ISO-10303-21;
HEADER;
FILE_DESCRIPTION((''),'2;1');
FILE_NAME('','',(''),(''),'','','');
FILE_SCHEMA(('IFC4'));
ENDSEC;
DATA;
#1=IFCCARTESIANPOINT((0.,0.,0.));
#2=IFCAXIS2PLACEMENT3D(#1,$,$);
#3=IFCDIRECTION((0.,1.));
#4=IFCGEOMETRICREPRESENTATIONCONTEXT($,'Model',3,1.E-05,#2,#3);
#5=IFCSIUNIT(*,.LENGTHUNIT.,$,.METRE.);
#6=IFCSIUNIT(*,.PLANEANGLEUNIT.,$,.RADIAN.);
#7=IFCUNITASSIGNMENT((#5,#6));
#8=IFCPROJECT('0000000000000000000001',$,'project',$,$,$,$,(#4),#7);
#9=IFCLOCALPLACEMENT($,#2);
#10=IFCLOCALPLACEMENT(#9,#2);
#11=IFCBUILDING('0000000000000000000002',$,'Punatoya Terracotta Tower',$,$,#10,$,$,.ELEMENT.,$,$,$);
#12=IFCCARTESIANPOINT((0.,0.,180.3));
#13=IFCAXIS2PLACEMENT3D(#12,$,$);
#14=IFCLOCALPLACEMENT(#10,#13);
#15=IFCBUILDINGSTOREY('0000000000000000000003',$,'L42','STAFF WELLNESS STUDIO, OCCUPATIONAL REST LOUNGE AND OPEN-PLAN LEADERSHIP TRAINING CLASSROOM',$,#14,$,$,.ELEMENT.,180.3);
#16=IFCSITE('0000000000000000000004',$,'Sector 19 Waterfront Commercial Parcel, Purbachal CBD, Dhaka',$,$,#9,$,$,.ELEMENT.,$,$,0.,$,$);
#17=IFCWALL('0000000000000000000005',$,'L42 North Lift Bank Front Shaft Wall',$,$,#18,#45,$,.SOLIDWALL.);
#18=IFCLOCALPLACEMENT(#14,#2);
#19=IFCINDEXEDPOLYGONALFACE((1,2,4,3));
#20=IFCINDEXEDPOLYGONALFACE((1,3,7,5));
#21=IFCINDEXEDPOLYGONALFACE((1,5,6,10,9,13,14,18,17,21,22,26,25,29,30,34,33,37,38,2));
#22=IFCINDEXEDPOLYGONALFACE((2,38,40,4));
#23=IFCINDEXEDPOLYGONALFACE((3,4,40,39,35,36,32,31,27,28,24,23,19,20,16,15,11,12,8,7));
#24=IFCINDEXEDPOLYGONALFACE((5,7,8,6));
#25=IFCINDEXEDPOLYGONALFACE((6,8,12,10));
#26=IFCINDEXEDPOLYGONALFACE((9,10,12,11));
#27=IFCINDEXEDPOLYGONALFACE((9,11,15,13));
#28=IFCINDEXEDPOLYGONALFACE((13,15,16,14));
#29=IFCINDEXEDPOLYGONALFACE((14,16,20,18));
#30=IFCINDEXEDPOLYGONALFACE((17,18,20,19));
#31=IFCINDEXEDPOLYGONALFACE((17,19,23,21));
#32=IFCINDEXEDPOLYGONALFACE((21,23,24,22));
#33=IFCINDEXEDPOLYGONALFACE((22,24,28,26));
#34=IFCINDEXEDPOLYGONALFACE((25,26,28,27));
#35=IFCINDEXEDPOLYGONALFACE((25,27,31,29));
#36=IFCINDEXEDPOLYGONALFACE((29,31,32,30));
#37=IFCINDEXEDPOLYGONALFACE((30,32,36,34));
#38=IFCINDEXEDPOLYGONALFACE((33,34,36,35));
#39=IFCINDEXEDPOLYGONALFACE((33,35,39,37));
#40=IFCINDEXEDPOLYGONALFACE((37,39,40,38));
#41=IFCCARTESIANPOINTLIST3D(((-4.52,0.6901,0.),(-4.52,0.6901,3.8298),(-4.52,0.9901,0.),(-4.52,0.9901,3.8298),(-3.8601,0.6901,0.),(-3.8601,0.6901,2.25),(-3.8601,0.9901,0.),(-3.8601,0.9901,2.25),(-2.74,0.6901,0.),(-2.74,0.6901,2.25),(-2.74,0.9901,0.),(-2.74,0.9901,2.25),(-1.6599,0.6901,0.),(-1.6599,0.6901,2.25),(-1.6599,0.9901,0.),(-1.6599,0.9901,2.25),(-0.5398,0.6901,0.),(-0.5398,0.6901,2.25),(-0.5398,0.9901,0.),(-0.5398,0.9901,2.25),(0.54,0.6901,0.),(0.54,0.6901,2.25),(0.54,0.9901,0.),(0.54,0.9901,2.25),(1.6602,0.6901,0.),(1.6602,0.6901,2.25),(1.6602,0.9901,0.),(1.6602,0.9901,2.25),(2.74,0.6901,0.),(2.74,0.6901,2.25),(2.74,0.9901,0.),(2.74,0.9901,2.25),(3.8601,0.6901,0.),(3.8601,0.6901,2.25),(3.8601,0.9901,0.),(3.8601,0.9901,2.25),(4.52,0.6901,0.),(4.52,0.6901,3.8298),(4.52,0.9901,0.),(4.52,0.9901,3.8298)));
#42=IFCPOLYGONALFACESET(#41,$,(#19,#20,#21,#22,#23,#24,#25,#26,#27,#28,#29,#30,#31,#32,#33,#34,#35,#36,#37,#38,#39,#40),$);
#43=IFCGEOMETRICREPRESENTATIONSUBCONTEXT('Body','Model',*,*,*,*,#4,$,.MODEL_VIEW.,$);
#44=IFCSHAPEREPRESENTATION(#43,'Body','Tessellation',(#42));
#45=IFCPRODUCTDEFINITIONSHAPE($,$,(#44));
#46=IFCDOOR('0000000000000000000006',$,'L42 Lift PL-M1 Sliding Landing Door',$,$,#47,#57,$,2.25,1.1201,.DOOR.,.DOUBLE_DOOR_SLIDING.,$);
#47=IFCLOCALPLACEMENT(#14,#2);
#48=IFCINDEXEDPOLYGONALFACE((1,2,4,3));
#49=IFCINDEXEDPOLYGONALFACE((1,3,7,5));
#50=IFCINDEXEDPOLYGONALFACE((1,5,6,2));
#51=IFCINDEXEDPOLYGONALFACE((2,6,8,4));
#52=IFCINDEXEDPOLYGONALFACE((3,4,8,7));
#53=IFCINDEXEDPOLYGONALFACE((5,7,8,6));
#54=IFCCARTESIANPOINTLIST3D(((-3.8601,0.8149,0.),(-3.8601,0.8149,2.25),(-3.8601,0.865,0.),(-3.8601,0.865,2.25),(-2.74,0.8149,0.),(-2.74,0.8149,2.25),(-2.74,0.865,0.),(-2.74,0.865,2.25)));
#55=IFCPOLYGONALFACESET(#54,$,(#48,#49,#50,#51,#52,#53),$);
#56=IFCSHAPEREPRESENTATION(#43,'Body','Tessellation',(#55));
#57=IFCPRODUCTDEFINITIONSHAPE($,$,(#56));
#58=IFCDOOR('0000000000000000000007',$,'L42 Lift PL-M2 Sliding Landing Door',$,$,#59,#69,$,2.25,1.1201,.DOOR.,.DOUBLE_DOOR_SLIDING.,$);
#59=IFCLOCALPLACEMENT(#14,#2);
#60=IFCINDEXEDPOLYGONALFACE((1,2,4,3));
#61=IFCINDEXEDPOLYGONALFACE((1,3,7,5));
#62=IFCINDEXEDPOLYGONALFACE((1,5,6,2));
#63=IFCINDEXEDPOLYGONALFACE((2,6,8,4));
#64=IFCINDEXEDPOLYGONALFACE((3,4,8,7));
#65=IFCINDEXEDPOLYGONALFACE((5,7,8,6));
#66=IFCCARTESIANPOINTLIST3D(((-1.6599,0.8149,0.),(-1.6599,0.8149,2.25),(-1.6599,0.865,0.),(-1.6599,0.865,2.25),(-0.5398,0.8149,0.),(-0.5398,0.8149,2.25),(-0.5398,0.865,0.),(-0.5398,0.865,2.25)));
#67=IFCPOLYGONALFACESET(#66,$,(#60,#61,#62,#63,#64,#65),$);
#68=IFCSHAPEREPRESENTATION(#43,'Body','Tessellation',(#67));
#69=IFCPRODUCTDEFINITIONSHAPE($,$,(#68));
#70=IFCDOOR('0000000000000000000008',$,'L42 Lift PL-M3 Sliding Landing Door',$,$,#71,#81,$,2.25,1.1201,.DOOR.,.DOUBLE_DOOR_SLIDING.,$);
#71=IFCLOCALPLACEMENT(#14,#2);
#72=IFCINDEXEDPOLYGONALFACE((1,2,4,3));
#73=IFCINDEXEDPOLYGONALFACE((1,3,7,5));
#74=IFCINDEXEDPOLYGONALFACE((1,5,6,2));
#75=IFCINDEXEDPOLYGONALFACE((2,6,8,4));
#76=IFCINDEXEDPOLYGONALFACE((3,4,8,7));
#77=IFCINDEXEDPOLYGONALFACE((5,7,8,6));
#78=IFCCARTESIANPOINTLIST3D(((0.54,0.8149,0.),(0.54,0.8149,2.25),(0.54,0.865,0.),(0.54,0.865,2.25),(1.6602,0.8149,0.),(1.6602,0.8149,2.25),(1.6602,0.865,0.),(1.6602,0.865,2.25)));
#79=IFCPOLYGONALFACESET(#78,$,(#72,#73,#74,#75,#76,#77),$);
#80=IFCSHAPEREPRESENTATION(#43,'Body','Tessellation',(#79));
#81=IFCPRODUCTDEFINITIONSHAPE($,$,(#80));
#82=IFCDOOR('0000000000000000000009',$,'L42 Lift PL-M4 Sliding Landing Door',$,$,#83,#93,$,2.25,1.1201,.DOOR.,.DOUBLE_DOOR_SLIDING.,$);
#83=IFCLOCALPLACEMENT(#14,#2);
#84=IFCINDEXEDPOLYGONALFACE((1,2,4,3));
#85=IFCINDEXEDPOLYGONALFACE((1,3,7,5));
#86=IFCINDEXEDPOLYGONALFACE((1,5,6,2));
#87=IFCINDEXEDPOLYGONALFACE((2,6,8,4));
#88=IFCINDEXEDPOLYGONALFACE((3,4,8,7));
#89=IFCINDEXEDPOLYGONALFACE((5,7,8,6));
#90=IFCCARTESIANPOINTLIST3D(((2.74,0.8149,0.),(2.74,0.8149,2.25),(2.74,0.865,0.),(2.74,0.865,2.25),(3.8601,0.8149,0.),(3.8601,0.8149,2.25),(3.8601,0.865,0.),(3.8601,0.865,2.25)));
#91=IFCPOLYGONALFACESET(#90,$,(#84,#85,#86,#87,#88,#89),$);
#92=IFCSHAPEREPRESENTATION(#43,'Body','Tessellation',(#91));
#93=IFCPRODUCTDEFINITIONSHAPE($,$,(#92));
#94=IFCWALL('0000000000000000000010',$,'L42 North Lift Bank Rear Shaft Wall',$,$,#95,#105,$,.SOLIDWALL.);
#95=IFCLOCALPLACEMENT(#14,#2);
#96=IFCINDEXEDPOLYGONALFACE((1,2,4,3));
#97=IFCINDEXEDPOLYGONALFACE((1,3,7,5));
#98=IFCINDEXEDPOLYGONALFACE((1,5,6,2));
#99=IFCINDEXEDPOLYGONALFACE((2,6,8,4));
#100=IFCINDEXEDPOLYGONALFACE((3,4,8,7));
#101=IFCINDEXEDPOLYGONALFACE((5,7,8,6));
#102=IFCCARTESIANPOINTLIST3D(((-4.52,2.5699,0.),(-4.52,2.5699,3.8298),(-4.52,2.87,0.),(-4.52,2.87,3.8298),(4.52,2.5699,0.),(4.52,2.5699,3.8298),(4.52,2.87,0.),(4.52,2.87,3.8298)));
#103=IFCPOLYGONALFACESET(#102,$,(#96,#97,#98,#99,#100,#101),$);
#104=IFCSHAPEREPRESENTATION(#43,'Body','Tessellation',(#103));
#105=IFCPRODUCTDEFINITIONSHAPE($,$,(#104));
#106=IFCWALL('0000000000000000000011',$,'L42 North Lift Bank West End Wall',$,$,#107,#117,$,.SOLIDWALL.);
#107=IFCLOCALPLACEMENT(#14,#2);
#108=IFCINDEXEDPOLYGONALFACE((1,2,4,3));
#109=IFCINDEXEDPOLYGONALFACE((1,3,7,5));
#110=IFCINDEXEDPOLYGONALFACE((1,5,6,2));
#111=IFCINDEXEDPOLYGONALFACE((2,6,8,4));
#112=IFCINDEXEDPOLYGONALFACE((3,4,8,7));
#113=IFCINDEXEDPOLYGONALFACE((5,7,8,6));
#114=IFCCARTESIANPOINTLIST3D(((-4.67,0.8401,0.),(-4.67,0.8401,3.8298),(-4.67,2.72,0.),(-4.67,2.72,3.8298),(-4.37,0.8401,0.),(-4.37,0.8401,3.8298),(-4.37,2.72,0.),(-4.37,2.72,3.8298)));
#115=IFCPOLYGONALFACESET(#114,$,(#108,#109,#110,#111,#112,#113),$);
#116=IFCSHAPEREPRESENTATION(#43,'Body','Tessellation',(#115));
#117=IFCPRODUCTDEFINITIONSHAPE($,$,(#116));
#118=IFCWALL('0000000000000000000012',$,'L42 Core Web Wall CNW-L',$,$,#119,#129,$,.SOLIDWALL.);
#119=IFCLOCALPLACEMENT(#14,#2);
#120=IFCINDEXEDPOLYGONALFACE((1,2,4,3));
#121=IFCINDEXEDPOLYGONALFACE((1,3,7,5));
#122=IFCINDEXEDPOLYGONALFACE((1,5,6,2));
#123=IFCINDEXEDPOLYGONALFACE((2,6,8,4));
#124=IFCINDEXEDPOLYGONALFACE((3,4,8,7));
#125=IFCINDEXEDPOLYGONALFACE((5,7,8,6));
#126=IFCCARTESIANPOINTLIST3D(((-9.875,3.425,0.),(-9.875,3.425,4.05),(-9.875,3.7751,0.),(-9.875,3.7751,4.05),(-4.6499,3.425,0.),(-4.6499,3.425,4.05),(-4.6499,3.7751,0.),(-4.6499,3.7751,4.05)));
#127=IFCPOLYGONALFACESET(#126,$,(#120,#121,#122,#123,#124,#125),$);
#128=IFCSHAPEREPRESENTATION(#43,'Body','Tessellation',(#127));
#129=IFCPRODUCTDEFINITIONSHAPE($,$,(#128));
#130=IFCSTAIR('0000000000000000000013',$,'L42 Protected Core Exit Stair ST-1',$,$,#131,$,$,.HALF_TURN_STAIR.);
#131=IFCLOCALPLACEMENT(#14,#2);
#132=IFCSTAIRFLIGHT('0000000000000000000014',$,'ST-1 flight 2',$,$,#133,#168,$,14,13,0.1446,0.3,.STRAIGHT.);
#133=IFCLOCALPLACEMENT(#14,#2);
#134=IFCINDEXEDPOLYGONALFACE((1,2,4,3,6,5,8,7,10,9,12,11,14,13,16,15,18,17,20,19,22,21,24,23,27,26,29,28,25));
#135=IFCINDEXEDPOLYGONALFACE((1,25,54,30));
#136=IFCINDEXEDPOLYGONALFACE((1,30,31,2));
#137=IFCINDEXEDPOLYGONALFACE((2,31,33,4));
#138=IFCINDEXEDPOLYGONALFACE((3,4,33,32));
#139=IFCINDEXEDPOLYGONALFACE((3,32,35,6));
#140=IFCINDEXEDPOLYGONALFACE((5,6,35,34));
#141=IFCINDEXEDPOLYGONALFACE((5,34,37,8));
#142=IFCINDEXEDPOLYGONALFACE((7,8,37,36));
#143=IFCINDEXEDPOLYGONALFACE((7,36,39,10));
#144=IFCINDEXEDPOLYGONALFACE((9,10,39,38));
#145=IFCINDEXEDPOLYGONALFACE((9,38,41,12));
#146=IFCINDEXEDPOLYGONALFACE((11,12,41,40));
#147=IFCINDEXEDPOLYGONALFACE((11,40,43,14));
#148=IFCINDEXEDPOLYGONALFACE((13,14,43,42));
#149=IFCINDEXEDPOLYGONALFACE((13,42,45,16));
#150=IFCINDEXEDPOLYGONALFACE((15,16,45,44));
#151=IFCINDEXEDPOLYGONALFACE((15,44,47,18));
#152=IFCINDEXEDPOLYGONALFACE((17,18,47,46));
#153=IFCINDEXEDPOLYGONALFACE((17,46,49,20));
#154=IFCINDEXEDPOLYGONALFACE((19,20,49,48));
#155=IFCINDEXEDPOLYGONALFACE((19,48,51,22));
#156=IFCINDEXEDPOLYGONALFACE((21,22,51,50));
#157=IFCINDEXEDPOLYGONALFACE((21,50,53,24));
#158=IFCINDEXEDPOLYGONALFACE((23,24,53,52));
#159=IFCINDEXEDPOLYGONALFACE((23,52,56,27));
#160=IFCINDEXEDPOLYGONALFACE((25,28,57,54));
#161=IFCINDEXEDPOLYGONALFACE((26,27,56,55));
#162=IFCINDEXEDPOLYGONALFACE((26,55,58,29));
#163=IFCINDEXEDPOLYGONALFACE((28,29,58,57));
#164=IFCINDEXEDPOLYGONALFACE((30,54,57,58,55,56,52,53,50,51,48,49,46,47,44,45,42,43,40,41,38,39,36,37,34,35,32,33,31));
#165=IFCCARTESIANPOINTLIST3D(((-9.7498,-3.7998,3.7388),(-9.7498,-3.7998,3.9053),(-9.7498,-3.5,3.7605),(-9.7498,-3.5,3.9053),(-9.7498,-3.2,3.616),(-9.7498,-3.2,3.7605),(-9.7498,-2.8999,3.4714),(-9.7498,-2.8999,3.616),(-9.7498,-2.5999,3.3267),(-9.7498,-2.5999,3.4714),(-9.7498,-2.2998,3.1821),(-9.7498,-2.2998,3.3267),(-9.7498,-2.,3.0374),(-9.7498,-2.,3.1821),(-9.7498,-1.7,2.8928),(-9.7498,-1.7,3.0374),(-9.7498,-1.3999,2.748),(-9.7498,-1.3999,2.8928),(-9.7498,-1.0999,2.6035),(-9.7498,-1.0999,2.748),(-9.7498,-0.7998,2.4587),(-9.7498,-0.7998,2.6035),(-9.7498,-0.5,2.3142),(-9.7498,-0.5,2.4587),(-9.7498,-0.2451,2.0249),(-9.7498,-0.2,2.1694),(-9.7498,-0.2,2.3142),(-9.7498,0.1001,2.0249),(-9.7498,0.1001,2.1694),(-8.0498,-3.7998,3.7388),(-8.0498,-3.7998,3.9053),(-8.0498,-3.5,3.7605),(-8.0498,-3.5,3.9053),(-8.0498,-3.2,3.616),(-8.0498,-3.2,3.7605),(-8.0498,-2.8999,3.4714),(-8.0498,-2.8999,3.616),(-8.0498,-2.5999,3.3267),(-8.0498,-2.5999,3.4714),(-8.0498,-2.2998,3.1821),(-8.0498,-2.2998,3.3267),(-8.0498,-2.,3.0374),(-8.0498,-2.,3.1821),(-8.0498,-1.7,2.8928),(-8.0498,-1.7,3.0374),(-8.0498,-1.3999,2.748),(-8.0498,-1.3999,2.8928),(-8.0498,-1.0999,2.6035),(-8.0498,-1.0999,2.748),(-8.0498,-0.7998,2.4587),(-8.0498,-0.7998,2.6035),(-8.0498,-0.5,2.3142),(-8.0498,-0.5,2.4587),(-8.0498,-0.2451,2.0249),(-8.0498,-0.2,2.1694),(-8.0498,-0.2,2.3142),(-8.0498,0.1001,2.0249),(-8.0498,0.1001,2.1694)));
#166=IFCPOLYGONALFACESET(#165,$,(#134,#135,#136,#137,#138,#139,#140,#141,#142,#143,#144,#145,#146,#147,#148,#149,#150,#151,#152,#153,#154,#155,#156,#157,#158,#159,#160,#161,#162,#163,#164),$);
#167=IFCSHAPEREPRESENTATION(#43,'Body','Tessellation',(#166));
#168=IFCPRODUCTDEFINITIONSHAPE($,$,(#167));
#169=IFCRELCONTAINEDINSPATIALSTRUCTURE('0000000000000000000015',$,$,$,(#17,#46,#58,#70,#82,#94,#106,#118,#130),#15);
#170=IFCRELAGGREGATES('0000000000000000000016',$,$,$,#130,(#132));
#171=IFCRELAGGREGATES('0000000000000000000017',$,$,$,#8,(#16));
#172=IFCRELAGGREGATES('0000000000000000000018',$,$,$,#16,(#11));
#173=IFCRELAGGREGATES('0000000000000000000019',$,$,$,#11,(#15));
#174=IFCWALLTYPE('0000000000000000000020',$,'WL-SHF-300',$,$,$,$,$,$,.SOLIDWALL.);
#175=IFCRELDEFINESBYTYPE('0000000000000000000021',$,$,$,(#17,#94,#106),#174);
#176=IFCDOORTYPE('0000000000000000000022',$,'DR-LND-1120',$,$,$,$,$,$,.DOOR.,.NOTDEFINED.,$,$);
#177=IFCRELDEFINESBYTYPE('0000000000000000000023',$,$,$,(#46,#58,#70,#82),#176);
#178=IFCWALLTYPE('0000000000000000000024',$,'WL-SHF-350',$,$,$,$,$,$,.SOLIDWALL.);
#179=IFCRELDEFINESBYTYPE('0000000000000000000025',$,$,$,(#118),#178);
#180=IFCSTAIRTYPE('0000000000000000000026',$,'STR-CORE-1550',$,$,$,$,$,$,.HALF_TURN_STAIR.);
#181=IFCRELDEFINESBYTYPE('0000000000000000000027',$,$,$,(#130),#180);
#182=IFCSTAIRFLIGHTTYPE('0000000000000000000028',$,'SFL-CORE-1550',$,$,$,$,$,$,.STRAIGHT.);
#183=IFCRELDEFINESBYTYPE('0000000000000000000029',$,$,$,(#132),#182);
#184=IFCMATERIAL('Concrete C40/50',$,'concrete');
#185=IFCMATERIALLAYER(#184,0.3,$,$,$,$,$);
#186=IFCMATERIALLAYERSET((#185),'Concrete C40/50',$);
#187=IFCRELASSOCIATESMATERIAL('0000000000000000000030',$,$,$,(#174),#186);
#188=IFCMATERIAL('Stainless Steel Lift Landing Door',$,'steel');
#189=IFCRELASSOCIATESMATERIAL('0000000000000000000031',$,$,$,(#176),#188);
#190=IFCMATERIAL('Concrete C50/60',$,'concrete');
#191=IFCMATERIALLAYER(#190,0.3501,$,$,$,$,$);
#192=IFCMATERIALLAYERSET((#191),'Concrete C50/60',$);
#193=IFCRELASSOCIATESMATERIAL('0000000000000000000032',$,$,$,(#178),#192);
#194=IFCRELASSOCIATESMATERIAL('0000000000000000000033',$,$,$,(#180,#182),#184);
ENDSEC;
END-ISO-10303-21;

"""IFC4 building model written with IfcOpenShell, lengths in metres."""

from ifc_helpers import new_model, si_unit, direction, frame, frame_2d, origin, place, context, subcontext, project, spatial, polyline, rectangle, outline, extrude, material, layer, layer_set, type_object, element, fill, aggregate, save


model = new_model("IFC4")

# Units and contexts
model_context = context("Model", 3, precision=1e-05, world=origin(), true_north=direction((0.0, 1.0)))
body_context = subcontext(model_context, "Body", "Model", "MODEL_VIEW")
ifc_project = project(units=[si_unit("LENGTHUNIT", "METRE"), si_unit("PLANEANGLEUNIT", "RADIAN")], contexts=[model_context])

# Site, building, storey
site_placement = place(None, origin())
site = spatial("IfcSite", under=ifc_project, at=site_placement, Name="Sector 19 Waterfront Commercial Parcel, Purbachal CBD, Dhaka", CompositionType="ELEMENT", RefElevation=0.0)
building_placement = place(site_placement, origin())
building = spatial("IfcBuilding", under=site, at=building_placement, Name="Punatoya Terracotta Tower", CompositionType="ELEMENT")
storey_placement = place(building_placement, frame((0.0, 0.0, 180.3)))
storey = spatial("IfcBuildingStorey", under=building, at=storey_placement, Name="L42", Description="STAFF WELLNESS STUDIO, OCCUPATIONAL REST LOUNGE AND OPEN-PLAN LEADERSHIP TRAINING CLASSROOM", CompositionType="ELEMENT", Elevation=180.3)

# Wall, openings, doors
ifc_material_1 = material(Name="Concrete C40/50", Category="concrete")
ifc_layer_1 = layer(ifc_material_1, 0.3)
ifc_layer_set_1 = layer_set([ifc_layer_1], Name="Concrete C40/50")
wall_type_1 = type_object("IfcWallType", Name="WL-SHF-300", PredefinedType="SOLIDWALL", material=ifc_layer_set_1)
wall_1_placement = place(storey_placement, frame((-4.52, 0.8401, 0.0), z_axis=(0.0, 0.0, 1.0), x_axis=(1.0, 0.0, 0.0)))
wall_1 = element("IfcWall", 1, at=wall_1_placement, inside=storey, type_object=wall_type_1, Name="L42 North Lift Bank Front Shaft Wall", PredefinedType="SOLIDWALL", context=body_context, shape_type="SweptSolid", body=[
    extrude(rectangle(XDim=9.04, YDim=0.3, at=frame_2d((4.52, 0.0))), origin(), (0.0, 0.0, 1.0), 3.8298),
])
opening_1_placement = place(wall_1_placement, frame((0.6599, 0.0, 0.0)))
opening_1 = element("IfcOpeningElement", 2, at=opening_1_placement, cuts=wall_1, PredefinedType="OPENING", context=body_context, shape_type="SweptSolid", body=[
    extrude(rectangle(XDim=1.1201, YDim=2.25, at=frame_2d((0.5601, 1.125))), frame((0.0, 0.1599, 0.0), z_axis=(0.0, -1.0, 0.0), x_axis=(1.0, 0.0, 0.0)), (0.0, 0.0, 1.0), 0.3201),
])
opening_2_placement = place(wall_1_placement, frame((2.8601, 0.0, 0.0)))
opening_2 = element("IfcOpeningElement", 3, at=opening_2_placement, cuts=wall_1, PredefinedType="OPENING", context=body_context, shape_type="SweptSolid", body=[
    extrude(rectangle(XDim=1.1201, YDim=2.25, at=frame_2d((0.5601, 1.125))), frame((0.0, 0.1599, 0.0), z_axis=(0.0, -1.0, 0.0), x_axis=(1.0, 0.0, 0.0)), (0.0, 0.0, 1.0), 0.3201),
])
opening_3_placement = place(wall_1_placement, frame((5.0601, 0.0, 0.0)))
opening_3 = element("IfcOpeningElement", 4, at=opening_3_placement, cuts=wall_1, PredefinedType="OPENING", context=body_context, shape_type="SweptSolid", body=[
    extrude(rectangle(XDim=1.1201, YDim=2.25, at=frame_2d((0.5601, 1.125))), frame((0.0, 0.1599, 0.0), z_axis=(0.0, -1.0, 0.0), x_axis=(1.0, 0.0, 0.0)), (0.0, 0.0, 1.0), 0.3201),
])
opening_4_placement = place(wall_1_placement, frame((7.26, 0.0, 0.0)))
opening_4 = element("IfcOpeningElement", 5, at=opening_4_placement, cuts=wall_1, PredefinedType="OPENING", context=body_context, shape_type="SweptSolid", body=[
    extrude(rectangle(XDim=1.1201, YDim=2.25, at=frame_2d((0.5601, 1.125))), frame((0.0, 0.1599, 0.0), z_axis=(0.0, -1.0, 0.0), x_axis=(1.0, 0.0, 0.0)), (0.0, 0.0, 1.0), 0.3201),
])
ifc_material_2 = material(Name="Stainless Steel Lift Landing Door", Category="steel")
door_type_1 = type_object("IfcDoorType", Name="DR-LND-1120", OperationType="NOTDEFINED", PredefinedType="DOOR", material=ifc_material_2)
door_1_placement = place(opening_1_placement, origin())
door_1 = element("IfcDoor", 6, at=door_1_placement, inside=storey, type_object=door_type_1, Name="L42 Lift PL-M1 Sliding Landing Door", OperationType="DOUBLE_DOOR_SLIDING", OverallHeight=2.25, OverallWidth=1.1201, PredefinedType="DOOR", context=body_context, shape_type="SweptSolid", body=[
    extrude(rectangle(XDim=1.1201, YDim=2.25, at=frame_2d((0.5601, 1.125))), frame((0.0, 0.0249, 0.0), z_axis=(0.0, -1.0, 0.0), x_axis=(1.0, 0.0, 0.0)), (0.0, 0.0, 1.0), 0.05),
])
fill(opening_1, door_1)
door_2_placement = place(opening_2_placement, origin())
door_2 = element("IfcDoor", 7, at=door_2_placement, inside=storey, type_object=door_type_1, Name="L42 Lift PL-M2 Sliding Landing Door", OperationType="DOUBLE_DOOR_SLIDING", OverallHeight=2.25, OverallWidth=1.1201, PredefinedType="DOOR", context=body_context, shape_type="SweptSolid", body=[
    extrude(rectangle(XDim=1.1201, YDim=2.25, at=frame_2d((0.5601, 1.125))), frame((0.0, 0.0249, 0.0), z_axis=(0.0, -1.0, 0.0), x_axis=(1.0, 0.0, 0.0)), (0.0, 0.0, 1.0), 0.05),
])
fill(opening_2, door_2)
door_3_placement = place(opening_3_placement, origin())
door_3 = element("IfcDoor", 8, at=door_3_placement, inside=storey, type_object=door_type_1, Name="L42 Lift PL-M3 Sliding Landing Door", OperationType="DOUBLE_DOOR_SLIDING", OverallHeight=2.25, OverallWidth=1.1201, PredefinedType="DOOR", context=body_context, shape_type="SweptSolid", body=[
    extrude(rectangle(XDim=1.1201, YDim=2.25, at=frame_2d((0.5601, 1.125))), frame((0.0, 0.0249, 0.0), z_axis=(0.0, -1.0, 0.0), x_axis=(1.0, 0.0, 0.0)), (0.0, 0.0, 1.0), 0.05),
])
fill(opening_3, door_3)
door_4_placement = place(opening_4_placement, origin())
door_4 = element("IfcDoor", 9, at=door_4_placement, inside=storey, type_object=door_type_1, Name="L42 Lift PL-M4 Sliding Landing Door", OperationType="DOUBLE_DOOR_SLIDING", OverallHeight=2.25, OverallWidth=1.1201, PredefinedType="DOOR", context=body_context, shape_type="SweptSolid", body=[
    extrude(rectangle(XDim=1.1201, YDim=2.25, at=frame_2d((0.5601, 1.125))), frame((0.0, 0.0249, 0.0), z_axis=(0.0, -1.0, 0.0), x_axis=(1.0, 0.0, 0.0)), (0.0, 0.0, 1.0), 0.05),
])
fill(opening_4, door_4)

# Walls
wall_2_placement = place(storey_placement, frame((-4.52, 2.72, 0.0), z_axis=(0.0, 0.0, 1.0), x_axis=(1.0, 0.0, 0.0)))
element("IfcWall", 10, at=wall_2_placement, inside=storey, type_object=wall_type_1, Name="L42 North Lift Bank Rear Shaft Wall", PredefinedType="SOLIDWALL", context=body_context, shape_type="SweptSolid", body=[
    extrude(rectangle(XDim=9.04, YDim=0.3, at=frame_2d((4.52, 0.0))), origin(), (0.0, 0.0, 1.0), 3.8298),
])
wall_3_placement = place(storey_placement, frame((-4.52, 0.8401, 0.0), z_axis=(0.0, 0.0, 1.0), x_axis=(0.0, 1.0, 0.0)))
element("IfcWall", 11, at=wall_3_placement, inside=storey, type_object=wall_type_1, Name="L42 North Lift Bank West End Wall", PredefinedType="SOLIDWALL", context=body_context, shape_type="SweptSolid", body=[
    extrude(rectangle(XDim=1.8799, YDim=0.3, at=frame_2d((0.9399, 0.0))), origin(), (0.0, 0.0, 1.0), 3.8298),
])
ifc_material_3 = material(Name="Concrete C50/60", Category="concrete")
ifc_layer_2 = layer(ifc_material_3, 0.3501)
ifc_layer_set_2 = layer_set([ifc_layer_2], Name="Concrete C50/60")
wall_type_2 = type_object("IfcWallType", Name="WL-SHF-350", PredefinedType="SOLIDWALL", material=ifc_layer_set_2)
wall_4_placement = place(storey_placement, frame((-9.875, 3.6001, 0.0), z_axis=(0.0, 0.0, 1.0), x_axis=(1.0, 0.0, 0.0)))
element("IfcWall", 12, at=wall_4_placement, inside=storey, type_object=wall_type_2, Name="L42 Core Web Wall CNW-L", PredefinedType="SOLIDWALL", context=body_context, shape_type="SweptSolid", body=[
    extrude(rectangle(XDim=5.2251, YDim=0.3501, at=frame_2d((2.6125, 0.0))), origin(), (0.0, 0.0, 1.0), 4.05),
])

# Stair, stair flight
stair_type = type_object("IfcStairType", Name="STR-CORE-1550", PredefinedType="HALF_TURN_STAIR", material=ifc_material_1)
stair_placement = place(storey_placement, origin())
stair = element("IfcStair", 13, at=stair_placement, inside=storey, type_object=stair_type, Name="L42 Protected Core Exit Stair ST-1", PredefinedType="HALF_TURN_STAIR")
stair_flight_type = type_object("IfcStairFlightType", Name="SFL-CORE-1550", PredefinedType="STRAIGHT", material=ifc_material_1)
stair_flight_placement = place(storey_placement, frame((-8.8999, 0.1001, 2.0249), z_axis=(0.0, 0.0, 1.0), x_axis=(0.0, -1.0, 0.0)))
stair_flight = element("IfcStairFlight", 14, at=stair_flight_placement, type_object=stair_flight_type, Name="ST-1 flight 2", NumberOfRisers=14, NumberOfTreads=13, PredefinedType="STRAIGHT", RiserHeight=0.1446, TreadLength=0.3, context=body_context, shape_type="SweptSolid", body=[
    extrude(outline(polyline([(0.0, 0.0), (0.0, 0.1445), (0.3, 0.1445), (0.3, 0.2893), (0.6001, 0.2893), (0.6001, 0.4338), (0.8999, 0.4338), (0.8999, 0.5786), (1.2, 0.5786), (1.2, 0.7231), (1.5, 0.7231), (1.5, 0.8679), (1.8, 0.8679), (1.8, 1.0125), (2.1001, 1.0125), (2.1001, 1.1572), (2.3999, 1.1572), (2.3999, 1.3018), (2.7, 1.3018), (2.7, 1.4465), (3.0, 1.4465), (3.0, 1.5911), (3.3, 1.5911), (3.3, 1.7356), (3.6001, 1.7356), (3.6001, 1.8804), (3.8999, 1.8804), (3.8999, 2.0249), (3.8999, 1.7139), (0.3452, 0.0), (0.0, 0.0)])), frame((0.0, 0.8501, 0.0), z_axis=(0.0, -1.0, 0.0), x_axis=(1.0, 0.0, 0.0)), (0.0, 0.0, 1.0), 1.7),
])
aggregate(stair, [stair_flight])

save(model, "model.ifc")
